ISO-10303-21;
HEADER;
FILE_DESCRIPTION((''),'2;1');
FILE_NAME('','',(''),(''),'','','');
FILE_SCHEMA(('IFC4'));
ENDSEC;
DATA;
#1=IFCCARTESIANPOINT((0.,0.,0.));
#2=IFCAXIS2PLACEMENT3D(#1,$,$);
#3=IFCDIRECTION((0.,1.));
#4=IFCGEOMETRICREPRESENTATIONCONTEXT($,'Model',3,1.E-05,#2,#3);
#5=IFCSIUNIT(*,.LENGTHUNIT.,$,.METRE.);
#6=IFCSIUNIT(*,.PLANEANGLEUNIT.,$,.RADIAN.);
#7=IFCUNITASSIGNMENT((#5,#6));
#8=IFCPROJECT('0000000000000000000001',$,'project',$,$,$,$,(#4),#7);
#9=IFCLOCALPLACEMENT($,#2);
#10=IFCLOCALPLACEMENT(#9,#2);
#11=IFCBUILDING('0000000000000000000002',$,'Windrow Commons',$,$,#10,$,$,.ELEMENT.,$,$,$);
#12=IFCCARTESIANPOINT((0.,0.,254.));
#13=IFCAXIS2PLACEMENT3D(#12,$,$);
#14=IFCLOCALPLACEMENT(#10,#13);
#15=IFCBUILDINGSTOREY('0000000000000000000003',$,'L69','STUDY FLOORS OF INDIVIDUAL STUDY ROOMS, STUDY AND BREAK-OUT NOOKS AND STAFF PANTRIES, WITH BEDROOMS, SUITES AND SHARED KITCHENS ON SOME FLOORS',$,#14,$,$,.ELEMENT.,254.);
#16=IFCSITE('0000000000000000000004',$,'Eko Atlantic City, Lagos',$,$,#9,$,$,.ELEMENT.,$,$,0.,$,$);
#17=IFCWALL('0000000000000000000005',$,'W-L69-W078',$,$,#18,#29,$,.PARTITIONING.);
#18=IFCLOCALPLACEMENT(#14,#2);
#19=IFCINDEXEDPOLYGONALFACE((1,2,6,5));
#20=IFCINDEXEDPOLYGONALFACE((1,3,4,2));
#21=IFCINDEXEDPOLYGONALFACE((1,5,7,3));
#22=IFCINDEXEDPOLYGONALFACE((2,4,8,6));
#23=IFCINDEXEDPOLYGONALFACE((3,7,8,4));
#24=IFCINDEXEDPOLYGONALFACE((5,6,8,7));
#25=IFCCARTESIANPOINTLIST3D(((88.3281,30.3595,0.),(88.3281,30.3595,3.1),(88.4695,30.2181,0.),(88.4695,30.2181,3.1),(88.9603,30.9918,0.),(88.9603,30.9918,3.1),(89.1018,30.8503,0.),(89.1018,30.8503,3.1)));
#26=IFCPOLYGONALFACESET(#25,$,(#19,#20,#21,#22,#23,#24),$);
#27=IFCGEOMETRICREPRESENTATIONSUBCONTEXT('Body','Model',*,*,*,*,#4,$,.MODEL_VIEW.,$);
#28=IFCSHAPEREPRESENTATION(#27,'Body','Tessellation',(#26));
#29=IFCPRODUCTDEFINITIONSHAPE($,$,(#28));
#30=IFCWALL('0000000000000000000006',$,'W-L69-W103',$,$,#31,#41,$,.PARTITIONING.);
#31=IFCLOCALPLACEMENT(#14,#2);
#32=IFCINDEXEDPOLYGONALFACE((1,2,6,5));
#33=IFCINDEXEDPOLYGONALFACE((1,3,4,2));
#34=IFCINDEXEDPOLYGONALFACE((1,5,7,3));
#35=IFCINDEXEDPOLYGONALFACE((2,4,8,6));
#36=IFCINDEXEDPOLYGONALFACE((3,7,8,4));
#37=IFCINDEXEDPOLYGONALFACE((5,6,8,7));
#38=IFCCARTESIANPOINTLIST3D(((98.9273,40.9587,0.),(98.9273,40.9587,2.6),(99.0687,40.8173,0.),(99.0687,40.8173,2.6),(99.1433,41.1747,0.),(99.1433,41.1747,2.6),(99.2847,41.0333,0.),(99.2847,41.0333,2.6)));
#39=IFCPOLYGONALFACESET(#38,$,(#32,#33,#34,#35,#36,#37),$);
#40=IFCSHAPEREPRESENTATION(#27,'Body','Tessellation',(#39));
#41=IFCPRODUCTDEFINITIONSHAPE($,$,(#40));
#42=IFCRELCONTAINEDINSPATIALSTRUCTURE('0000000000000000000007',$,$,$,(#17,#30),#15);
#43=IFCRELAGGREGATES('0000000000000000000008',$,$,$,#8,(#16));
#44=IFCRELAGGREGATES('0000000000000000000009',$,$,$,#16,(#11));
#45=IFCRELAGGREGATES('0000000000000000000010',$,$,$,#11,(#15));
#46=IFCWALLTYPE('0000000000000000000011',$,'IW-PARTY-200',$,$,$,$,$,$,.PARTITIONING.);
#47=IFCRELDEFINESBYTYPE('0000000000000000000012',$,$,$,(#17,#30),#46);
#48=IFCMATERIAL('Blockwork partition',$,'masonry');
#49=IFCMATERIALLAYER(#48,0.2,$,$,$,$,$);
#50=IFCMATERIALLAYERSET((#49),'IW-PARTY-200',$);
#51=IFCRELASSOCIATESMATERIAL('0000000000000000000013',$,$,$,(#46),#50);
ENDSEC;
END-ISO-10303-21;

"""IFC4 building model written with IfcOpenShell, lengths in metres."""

from ifc_helpers import new_model, si_unit, direction, frame, frame_2d, origin, place, context, subcontext, project, spatial, rectangle, extrude, material, layer, layer_set, type_object, element, save


model = new_model("IFC4")

# Units and contexts
model_context = context("Model", 3, precision=1e-05, world=origin(), true_north=direction((0.0, 1.0)))
body_context = subcontext(model_context, "Body", "Model", "MODEL_VIEW")
ifc_project = project(units=[si_unit("LENGTHUNIT", "METRE"), si_unit("PLANEANGLEUNIT", "RADIAN")], contexts=[model_context])

# Site, building, storey
site_placement = place(None, origin())
site = spatial("IfcSite", under=ifc_project, at=site_placement, Name="Eko Atlantic City, Lagos", CompositionType="ELEMENT", RefElevation=0.0)
building_placement = place(site_placement, origin())
building = spatial("IfcBuilding", under=site, at=building_placement, Name="Windrow Commons", CompositionType="ELEMENT")
storey_placement = place(building_placement, frame((0.0, 0.0, 254.0)))
storey = spatial("IfcBuildingStorey", under=building, at=storey_placement, Name="L69", Description="STUDY FLOORS OF INDIVIDUAL STUDY ROOMS, STUDY AND BREAK-OUT NOOKS AND STAFF PANTRIES, WITH BEDROOMS, SUITES AND SHARED KITCHENS ON SOME FLOORS", CompositionType="ELEMENT", Elevation=254.0)

# Walls
ifc_material_1 = material(Name="Blockwork partition", Category="masonry")
ifc_layer_1 = layer(ifc_material_1, 0.2)
ifc_layer_set_1 = layer_set([ifc_layer_1], Name="IW-PARTY-200")
wall_type_1 = type_object("IfcWallType", Name="IW-PARTY-200", PredefinedType="PARTITIONING", material=ifc_layer_set_1)
wall_1_placement = place(storey_placement, frame((88.3988, 30.2888, 0.0), z_axis=(0.0, 0.0, 1.0), x_axis=(0.707107, 0.707107, 0.0)))
element("IfcWall", 1, at=wall_1_placement, inside=storey, type_object=wall_type_1, Name="W-L69-W078", PredefinedType="PARTITIONING", context=body_context, shape_type="SweptSolid", body=[
    extrude(rectangle(XDim=0.8941, YDim=0.2, at=frame_2d((0.4471, 0.0))), origin(), (0.0, 0.0, 1.0), 3.1),
])
wall_2_placement = place(storey_placement, frame((98.998, 40.888, 0.0), z_axis=(0.0, 0.0, 1.0), x_axis=(0.707107, 0.707107, 0.0)))
element("IfcWall", 2, at=wall_2_placement, inside=storey, type_object=wall_type_1, Name="W-L69-W103", PredefinedType="PARTITIONING", context=body_context, shape_type="SweptSolid", body=[
    extrude(rectangle(XDim=0.3055, YDim=0.2, at=frame_2d((0.1527, 0.0))), origin(), (0.0, 0.0, 1.0), 2.6),
])

save(model, "model.ifc")
